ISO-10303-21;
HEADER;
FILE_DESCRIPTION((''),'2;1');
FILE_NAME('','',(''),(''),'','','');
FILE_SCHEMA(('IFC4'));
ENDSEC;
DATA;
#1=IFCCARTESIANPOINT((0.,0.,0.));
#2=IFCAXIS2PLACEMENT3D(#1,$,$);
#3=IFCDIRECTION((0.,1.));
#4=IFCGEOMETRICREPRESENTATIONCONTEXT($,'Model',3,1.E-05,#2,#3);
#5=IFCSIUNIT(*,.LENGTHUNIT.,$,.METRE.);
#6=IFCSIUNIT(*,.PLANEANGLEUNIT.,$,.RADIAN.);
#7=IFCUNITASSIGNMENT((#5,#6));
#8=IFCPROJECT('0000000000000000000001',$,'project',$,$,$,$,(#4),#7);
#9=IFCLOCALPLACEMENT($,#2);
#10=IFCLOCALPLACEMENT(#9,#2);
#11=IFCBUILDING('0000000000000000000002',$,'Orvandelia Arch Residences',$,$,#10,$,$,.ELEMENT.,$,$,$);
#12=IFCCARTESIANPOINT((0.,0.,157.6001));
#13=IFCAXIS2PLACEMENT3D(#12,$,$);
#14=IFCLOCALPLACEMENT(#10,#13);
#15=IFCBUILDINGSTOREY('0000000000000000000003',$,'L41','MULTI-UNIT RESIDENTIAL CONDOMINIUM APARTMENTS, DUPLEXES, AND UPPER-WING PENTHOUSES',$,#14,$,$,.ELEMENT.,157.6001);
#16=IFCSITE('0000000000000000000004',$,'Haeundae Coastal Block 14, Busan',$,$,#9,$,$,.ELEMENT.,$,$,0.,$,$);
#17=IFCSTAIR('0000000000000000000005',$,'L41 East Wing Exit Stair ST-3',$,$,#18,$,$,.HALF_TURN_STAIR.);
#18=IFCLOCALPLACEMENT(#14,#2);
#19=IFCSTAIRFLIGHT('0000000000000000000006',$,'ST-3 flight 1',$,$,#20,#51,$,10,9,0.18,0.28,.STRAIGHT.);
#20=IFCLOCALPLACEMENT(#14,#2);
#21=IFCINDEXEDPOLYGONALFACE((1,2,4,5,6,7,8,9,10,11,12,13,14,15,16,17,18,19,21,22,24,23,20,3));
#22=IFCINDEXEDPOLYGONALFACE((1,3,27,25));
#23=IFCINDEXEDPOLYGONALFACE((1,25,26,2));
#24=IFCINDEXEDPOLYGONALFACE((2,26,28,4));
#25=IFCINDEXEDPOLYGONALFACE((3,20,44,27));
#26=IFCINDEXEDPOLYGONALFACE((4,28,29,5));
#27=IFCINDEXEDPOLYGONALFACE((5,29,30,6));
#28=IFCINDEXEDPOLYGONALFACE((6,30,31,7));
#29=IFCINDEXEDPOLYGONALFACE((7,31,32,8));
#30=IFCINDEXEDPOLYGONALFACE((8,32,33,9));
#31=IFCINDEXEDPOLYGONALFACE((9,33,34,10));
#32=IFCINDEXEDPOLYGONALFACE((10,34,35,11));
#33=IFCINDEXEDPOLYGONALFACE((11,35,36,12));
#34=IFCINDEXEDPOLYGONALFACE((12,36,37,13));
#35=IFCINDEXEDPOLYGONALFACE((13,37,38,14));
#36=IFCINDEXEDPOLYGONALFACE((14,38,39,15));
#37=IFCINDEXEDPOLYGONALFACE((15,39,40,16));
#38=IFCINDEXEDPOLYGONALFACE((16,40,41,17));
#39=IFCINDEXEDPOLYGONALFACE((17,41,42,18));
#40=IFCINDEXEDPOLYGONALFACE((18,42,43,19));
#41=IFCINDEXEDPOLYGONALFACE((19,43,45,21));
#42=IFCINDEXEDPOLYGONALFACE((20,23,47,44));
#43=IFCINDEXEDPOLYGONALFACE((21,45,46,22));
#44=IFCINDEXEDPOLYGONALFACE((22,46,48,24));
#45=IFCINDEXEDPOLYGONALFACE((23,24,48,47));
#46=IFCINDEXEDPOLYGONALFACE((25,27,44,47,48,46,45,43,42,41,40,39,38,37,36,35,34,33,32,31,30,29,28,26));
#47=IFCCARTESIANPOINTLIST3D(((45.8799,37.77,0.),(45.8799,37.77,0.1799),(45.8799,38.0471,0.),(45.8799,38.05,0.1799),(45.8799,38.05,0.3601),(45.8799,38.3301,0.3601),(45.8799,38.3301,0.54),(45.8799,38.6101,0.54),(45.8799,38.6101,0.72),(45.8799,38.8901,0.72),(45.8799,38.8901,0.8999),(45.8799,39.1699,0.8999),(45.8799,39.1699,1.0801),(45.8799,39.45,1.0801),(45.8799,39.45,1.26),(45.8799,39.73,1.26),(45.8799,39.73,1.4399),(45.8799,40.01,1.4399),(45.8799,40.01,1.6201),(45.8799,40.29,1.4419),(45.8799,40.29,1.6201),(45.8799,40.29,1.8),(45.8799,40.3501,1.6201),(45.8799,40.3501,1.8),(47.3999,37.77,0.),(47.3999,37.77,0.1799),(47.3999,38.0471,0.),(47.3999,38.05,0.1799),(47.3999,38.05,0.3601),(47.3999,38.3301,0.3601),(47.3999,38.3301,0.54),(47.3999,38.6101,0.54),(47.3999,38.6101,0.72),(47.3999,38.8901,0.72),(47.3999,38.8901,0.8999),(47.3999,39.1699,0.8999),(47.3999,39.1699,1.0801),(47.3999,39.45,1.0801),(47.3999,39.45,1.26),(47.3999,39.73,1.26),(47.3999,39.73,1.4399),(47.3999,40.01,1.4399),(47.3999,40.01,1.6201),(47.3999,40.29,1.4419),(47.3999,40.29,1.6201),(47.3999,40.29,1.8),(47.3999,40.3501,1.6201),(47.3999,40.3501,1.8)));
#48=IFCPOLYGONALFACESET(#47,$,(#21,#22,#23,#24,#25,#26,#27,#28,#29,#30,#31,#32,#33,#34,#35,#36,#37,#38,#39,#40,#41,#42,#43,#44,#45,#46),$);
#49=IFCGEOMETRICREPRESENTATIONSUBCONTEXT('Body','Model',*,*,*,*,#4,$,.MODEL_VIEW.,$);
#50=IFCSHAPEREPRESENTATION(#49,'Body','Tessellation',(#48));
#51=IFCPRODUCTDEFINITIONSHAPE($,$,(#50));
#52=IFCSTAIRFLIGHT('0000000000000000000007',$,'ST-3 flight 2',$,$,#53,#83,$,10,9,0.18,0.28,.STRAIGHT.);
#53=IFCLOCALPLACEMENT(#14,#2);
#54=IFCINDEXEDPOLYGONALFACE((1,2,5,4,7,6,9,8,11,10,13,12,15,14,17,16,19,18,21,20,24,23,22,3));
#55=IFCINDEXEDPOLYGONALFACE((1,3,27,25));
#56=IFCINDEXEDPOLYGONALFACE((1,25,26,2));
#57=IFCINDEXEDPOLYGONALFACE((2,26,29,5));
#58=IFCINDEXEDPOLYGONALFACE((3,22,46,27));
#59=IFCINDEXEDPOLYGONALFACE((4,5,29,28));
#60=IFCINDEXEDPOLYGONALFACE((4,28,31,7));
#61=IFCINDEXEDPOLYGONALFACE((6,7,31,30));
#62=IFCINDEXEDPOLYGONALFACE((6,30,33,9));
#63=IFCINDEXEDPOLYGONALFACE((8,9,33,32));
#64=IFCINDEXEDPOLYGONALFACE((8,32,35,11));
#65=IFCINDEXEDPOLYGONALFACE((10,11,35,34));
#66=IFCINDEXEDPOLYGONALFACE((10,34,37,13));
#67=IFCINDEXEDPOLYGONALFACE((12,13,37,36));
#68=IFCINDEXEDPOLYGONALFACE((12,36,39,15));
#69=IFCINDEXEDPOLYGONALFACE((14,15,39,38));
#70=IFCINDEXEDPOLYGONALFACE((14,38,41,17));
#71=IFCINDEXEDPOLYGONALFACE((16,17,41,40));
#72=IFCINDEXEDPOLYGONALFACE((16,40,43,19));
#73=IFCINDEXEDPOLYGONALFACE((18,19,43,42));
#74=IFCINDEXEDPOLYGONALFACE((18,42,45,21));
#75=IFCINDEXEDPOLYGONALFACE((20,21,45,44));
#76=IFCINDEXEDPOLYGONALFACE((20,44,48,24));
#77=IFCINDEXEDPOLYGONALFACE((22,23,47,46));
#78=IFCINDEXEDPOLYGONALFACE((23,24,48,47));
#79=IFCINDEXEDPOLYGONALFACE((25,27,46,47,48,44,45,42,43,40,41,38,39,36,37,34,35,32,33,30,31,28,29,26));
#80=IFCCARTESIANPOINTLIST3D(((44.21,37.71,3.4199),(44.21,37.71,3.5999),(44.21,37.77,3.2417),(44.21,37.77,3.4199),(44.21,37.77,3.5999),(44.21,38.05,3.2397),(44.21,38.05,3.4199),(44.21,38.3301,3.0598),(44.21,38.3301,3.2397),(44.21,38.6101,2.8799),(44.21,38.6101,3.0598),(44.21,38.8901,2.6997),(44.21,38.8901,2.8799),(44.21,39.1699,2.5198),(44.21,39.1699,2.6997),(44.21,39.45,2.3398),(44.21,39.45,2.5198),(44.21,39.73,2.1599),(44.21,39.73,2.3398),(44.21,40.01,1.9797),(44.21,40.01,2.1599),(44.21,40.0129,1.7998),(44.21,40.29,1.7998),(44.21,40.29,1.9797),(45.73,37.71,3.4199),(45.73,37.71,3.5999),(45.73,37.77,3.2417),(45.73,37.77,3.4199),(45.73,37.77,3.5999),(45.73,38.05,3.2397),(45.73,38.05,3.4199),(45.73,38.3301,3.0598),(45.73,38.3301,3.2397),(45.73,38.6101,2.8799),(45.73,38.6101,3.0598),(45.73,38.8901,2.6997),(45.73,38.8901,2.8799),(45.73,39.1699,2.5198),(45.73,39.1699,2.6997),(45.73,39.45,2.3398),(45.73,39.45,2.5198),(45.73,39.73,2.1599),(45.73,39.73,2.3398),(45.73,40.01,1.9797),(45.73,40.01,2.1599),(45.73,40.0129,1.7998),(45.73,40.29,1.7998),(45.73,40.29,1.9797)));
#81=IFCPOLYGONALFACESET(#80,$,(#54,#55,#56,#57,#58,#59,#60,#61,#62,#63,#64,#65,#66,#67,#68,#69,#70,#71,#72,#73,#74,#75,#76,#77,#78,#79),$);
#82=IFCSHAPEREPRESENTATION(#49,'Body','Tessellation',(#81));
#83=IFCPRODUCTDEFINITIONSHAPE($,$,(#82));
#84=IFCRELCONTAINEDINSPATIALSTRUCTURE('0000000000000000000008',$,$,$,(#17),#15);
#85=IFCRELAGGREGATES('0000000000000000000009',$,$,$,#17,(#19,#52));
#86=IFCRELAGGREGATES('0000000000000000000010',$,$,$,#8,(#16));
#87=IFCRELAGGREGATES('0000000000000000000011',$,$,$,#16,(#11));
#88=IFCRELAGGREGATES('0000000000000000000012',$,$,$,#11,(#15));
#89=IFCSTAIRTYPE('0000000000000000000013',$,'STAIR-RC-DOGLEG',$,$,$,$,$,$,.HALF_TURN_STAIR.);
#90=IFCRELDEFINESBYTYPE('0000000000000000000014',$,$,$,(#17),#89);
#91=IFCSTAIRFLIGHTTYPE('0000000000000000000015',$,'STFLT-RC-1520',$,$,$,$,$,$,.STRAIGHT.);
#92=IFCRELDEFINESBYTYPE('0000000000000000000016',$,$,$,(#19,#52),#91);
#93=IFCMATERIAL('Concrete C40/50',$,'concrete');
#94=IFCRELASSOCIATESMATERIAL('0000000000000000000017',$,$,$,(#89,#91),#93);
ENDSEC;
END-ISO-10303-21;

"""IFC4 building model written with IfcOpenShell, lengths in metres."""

from ifc_helpers import new_model, si_unit, direction, frame, origin, place, context, subcontext, project, spatial, polyline, outline, extrude, material, type_object, element, aggregate, save


model = new_model("IFC4")

# Units and contexts
model_context = context("Model", 3, precision=1e-05, world=origin(), true_north=direction((0.0, 1.0)))
body_context = subcontext(model_context, "Body", "Model", "MODEL_VIEW")
ifc_project = project(units=[si_unit("LENGTHUNIT", "METRE"), si_unit("PLANEANGLEUNIT", "RADIAN")], contexts=[model_context])

# Site, building, storey
site_placement = place(None, origin())
site = spatial("IfcSite", under=ifc_project, at=site_placement, Name="Haeundae Coastal Block 14, Busan", CompositionType="ELEMENT", RefElevation=0.0)
building_placement = place(site_placement, origin())
building = spatial("IfcBuilding", under=site, at=building_placement, Name="Orvandelia Arch Residences", CompositionType="ELEMENT")
storey_placement = place(building_placement, frame((0.0, 0.0, 157.6001)))
storey = spatial("IfcBuildingStorey", under=building, at=storey_placement, Name="L41", Description="MULTI-UNIT RESIDENTIAL CONDOMINIUM APARTMENTS, DUPLEXES, AND UPPER-WING PENTHOUSES", CompositionType="ELEMENT", Elevation=157.6001)

# Stair, stair flights
ifc_material_1 = material(Name="Concrete C40/50", Category="concrete")
stair_type = type_object("IfcStairType", Name="STAIR-RC-DOGLEG", PredefinedType="HALF_TURN_STAIR", material=ifc_material_1)
stair_placement = place(storey_placement, origin())
stair = element("IfcStair", 1, at=stair_placement, inside=storey, type_object=stair_type, Name="L41 East Wing Exit Stair ST-3", PredefinedType="HALF_TURN_STAIR")
stair_flight_type = type_object("IfcStairFlightType", Name="STFLT-RC-1520", PredefinedType="STRAIGHT", material=ifc_material_1)
stair_flight_1_placement = place(storey_placement, frame((46.6399, 37.77, 0.0), z_axis=(0.0, 0.0, 1.0), x_axis=(0.0, 1.0, 0.0)))
stair_flight_1 = element("IfcStairFlight", 2, at=stair_flight_1_placement, type_object=stair_flight_type, Name="ST-3 flight 1", NumberOfRisers=10, NumberOfTreads=9, PredefinedType="STRAIGHT", RiserHeight=0.18, TreadLength=0.28, context=body_context, shape_type="SweptSolid", body=[
    extrude(outline(polyline([(0.0, 0.0), (0.0, 0.1799), (0.28, 0.1799), (0.28, 0.3601), (0.5601, 0.3601), (0.5601, 0.54), (0.8401, 0.54), (0.8401, 0.72), (1.1201, 0.72), (1.1201, 0.8999), (1.3999, 0.8999), (1.3999, 1.0801), (1.6799, 1.0801), (1.6799, 1.26), (1.96, 1.26), (1.96, 1.4399), (2.24, 1.4399), (2.24, 1.6201), (2.52, 1.6201), (2.52, 1.8), (2.5801, 1.8), (2.5801, 1.6201), (2.52, 1.4419), (0.2771, 0.0), (0.0, 0.0)])), frame((0.0, 0.76, 0.0), z_axis=(0.0, -1.0, 0.0), x_axis=(1.0, 0.0, 0.0)), (0.0, 0.0, 1.0), 1.52),
])
stair_flight_2_placement = place(storey_placement, frame((44.97, 40.29, 1.7998), z_axis=(0.0, 0.0, 1.0), x_axis=(0.0, -1.0, 0.0)))
stair_flight_2 = element("IfcStairFlight", 3, at=stair_flight_2_placement, type_object=stair_flight_type, Name="ST-3 flight 2", NumberOfRisers=10, NumberOfTreads=9, PredefinedType="STRAIGHT", RiserHeight=0.18, TreadLength=0.28, context=body_context, shape_type="SweptSolid", body=[
    extrude(outline(polyline([(0.0, 0.0), (0.0, 0.1799), (0.28, 0.1799), (0.28, 0.3601), (0.5601, 0.3601), (0.5601, 0.54), (0.8401, 0.54), (0.8401, 0.72), (1.1201, 0.72), (1.1201, 0.8999), (1.3999, 0.8999), (1.3999, 1.0801), (1.6799, 1.0801), (1.6799, 1.26), (1.96, 1.26), (1.96, 1.4399), (2.24, 1.4399), (2.24, 1.6201), (2.52, 1.6201), (2.52, 1.8), (2.5801, 1.8), (2.5801, 1.6201), (2.52, 1.4419), (0.2771, 0.0), (0.0, 0.0)])), frame((0.0, 0.76, 0.0), z_axis=(0.0, -1.0, 0.0), x_axis=(1.0, 0.0, 0.0)), (0.0, 0.0, 1.0), 1.52),
])
aggregate(stair, [stair_flight_1, stair_flight_2])

save(model, "model.ifc")
